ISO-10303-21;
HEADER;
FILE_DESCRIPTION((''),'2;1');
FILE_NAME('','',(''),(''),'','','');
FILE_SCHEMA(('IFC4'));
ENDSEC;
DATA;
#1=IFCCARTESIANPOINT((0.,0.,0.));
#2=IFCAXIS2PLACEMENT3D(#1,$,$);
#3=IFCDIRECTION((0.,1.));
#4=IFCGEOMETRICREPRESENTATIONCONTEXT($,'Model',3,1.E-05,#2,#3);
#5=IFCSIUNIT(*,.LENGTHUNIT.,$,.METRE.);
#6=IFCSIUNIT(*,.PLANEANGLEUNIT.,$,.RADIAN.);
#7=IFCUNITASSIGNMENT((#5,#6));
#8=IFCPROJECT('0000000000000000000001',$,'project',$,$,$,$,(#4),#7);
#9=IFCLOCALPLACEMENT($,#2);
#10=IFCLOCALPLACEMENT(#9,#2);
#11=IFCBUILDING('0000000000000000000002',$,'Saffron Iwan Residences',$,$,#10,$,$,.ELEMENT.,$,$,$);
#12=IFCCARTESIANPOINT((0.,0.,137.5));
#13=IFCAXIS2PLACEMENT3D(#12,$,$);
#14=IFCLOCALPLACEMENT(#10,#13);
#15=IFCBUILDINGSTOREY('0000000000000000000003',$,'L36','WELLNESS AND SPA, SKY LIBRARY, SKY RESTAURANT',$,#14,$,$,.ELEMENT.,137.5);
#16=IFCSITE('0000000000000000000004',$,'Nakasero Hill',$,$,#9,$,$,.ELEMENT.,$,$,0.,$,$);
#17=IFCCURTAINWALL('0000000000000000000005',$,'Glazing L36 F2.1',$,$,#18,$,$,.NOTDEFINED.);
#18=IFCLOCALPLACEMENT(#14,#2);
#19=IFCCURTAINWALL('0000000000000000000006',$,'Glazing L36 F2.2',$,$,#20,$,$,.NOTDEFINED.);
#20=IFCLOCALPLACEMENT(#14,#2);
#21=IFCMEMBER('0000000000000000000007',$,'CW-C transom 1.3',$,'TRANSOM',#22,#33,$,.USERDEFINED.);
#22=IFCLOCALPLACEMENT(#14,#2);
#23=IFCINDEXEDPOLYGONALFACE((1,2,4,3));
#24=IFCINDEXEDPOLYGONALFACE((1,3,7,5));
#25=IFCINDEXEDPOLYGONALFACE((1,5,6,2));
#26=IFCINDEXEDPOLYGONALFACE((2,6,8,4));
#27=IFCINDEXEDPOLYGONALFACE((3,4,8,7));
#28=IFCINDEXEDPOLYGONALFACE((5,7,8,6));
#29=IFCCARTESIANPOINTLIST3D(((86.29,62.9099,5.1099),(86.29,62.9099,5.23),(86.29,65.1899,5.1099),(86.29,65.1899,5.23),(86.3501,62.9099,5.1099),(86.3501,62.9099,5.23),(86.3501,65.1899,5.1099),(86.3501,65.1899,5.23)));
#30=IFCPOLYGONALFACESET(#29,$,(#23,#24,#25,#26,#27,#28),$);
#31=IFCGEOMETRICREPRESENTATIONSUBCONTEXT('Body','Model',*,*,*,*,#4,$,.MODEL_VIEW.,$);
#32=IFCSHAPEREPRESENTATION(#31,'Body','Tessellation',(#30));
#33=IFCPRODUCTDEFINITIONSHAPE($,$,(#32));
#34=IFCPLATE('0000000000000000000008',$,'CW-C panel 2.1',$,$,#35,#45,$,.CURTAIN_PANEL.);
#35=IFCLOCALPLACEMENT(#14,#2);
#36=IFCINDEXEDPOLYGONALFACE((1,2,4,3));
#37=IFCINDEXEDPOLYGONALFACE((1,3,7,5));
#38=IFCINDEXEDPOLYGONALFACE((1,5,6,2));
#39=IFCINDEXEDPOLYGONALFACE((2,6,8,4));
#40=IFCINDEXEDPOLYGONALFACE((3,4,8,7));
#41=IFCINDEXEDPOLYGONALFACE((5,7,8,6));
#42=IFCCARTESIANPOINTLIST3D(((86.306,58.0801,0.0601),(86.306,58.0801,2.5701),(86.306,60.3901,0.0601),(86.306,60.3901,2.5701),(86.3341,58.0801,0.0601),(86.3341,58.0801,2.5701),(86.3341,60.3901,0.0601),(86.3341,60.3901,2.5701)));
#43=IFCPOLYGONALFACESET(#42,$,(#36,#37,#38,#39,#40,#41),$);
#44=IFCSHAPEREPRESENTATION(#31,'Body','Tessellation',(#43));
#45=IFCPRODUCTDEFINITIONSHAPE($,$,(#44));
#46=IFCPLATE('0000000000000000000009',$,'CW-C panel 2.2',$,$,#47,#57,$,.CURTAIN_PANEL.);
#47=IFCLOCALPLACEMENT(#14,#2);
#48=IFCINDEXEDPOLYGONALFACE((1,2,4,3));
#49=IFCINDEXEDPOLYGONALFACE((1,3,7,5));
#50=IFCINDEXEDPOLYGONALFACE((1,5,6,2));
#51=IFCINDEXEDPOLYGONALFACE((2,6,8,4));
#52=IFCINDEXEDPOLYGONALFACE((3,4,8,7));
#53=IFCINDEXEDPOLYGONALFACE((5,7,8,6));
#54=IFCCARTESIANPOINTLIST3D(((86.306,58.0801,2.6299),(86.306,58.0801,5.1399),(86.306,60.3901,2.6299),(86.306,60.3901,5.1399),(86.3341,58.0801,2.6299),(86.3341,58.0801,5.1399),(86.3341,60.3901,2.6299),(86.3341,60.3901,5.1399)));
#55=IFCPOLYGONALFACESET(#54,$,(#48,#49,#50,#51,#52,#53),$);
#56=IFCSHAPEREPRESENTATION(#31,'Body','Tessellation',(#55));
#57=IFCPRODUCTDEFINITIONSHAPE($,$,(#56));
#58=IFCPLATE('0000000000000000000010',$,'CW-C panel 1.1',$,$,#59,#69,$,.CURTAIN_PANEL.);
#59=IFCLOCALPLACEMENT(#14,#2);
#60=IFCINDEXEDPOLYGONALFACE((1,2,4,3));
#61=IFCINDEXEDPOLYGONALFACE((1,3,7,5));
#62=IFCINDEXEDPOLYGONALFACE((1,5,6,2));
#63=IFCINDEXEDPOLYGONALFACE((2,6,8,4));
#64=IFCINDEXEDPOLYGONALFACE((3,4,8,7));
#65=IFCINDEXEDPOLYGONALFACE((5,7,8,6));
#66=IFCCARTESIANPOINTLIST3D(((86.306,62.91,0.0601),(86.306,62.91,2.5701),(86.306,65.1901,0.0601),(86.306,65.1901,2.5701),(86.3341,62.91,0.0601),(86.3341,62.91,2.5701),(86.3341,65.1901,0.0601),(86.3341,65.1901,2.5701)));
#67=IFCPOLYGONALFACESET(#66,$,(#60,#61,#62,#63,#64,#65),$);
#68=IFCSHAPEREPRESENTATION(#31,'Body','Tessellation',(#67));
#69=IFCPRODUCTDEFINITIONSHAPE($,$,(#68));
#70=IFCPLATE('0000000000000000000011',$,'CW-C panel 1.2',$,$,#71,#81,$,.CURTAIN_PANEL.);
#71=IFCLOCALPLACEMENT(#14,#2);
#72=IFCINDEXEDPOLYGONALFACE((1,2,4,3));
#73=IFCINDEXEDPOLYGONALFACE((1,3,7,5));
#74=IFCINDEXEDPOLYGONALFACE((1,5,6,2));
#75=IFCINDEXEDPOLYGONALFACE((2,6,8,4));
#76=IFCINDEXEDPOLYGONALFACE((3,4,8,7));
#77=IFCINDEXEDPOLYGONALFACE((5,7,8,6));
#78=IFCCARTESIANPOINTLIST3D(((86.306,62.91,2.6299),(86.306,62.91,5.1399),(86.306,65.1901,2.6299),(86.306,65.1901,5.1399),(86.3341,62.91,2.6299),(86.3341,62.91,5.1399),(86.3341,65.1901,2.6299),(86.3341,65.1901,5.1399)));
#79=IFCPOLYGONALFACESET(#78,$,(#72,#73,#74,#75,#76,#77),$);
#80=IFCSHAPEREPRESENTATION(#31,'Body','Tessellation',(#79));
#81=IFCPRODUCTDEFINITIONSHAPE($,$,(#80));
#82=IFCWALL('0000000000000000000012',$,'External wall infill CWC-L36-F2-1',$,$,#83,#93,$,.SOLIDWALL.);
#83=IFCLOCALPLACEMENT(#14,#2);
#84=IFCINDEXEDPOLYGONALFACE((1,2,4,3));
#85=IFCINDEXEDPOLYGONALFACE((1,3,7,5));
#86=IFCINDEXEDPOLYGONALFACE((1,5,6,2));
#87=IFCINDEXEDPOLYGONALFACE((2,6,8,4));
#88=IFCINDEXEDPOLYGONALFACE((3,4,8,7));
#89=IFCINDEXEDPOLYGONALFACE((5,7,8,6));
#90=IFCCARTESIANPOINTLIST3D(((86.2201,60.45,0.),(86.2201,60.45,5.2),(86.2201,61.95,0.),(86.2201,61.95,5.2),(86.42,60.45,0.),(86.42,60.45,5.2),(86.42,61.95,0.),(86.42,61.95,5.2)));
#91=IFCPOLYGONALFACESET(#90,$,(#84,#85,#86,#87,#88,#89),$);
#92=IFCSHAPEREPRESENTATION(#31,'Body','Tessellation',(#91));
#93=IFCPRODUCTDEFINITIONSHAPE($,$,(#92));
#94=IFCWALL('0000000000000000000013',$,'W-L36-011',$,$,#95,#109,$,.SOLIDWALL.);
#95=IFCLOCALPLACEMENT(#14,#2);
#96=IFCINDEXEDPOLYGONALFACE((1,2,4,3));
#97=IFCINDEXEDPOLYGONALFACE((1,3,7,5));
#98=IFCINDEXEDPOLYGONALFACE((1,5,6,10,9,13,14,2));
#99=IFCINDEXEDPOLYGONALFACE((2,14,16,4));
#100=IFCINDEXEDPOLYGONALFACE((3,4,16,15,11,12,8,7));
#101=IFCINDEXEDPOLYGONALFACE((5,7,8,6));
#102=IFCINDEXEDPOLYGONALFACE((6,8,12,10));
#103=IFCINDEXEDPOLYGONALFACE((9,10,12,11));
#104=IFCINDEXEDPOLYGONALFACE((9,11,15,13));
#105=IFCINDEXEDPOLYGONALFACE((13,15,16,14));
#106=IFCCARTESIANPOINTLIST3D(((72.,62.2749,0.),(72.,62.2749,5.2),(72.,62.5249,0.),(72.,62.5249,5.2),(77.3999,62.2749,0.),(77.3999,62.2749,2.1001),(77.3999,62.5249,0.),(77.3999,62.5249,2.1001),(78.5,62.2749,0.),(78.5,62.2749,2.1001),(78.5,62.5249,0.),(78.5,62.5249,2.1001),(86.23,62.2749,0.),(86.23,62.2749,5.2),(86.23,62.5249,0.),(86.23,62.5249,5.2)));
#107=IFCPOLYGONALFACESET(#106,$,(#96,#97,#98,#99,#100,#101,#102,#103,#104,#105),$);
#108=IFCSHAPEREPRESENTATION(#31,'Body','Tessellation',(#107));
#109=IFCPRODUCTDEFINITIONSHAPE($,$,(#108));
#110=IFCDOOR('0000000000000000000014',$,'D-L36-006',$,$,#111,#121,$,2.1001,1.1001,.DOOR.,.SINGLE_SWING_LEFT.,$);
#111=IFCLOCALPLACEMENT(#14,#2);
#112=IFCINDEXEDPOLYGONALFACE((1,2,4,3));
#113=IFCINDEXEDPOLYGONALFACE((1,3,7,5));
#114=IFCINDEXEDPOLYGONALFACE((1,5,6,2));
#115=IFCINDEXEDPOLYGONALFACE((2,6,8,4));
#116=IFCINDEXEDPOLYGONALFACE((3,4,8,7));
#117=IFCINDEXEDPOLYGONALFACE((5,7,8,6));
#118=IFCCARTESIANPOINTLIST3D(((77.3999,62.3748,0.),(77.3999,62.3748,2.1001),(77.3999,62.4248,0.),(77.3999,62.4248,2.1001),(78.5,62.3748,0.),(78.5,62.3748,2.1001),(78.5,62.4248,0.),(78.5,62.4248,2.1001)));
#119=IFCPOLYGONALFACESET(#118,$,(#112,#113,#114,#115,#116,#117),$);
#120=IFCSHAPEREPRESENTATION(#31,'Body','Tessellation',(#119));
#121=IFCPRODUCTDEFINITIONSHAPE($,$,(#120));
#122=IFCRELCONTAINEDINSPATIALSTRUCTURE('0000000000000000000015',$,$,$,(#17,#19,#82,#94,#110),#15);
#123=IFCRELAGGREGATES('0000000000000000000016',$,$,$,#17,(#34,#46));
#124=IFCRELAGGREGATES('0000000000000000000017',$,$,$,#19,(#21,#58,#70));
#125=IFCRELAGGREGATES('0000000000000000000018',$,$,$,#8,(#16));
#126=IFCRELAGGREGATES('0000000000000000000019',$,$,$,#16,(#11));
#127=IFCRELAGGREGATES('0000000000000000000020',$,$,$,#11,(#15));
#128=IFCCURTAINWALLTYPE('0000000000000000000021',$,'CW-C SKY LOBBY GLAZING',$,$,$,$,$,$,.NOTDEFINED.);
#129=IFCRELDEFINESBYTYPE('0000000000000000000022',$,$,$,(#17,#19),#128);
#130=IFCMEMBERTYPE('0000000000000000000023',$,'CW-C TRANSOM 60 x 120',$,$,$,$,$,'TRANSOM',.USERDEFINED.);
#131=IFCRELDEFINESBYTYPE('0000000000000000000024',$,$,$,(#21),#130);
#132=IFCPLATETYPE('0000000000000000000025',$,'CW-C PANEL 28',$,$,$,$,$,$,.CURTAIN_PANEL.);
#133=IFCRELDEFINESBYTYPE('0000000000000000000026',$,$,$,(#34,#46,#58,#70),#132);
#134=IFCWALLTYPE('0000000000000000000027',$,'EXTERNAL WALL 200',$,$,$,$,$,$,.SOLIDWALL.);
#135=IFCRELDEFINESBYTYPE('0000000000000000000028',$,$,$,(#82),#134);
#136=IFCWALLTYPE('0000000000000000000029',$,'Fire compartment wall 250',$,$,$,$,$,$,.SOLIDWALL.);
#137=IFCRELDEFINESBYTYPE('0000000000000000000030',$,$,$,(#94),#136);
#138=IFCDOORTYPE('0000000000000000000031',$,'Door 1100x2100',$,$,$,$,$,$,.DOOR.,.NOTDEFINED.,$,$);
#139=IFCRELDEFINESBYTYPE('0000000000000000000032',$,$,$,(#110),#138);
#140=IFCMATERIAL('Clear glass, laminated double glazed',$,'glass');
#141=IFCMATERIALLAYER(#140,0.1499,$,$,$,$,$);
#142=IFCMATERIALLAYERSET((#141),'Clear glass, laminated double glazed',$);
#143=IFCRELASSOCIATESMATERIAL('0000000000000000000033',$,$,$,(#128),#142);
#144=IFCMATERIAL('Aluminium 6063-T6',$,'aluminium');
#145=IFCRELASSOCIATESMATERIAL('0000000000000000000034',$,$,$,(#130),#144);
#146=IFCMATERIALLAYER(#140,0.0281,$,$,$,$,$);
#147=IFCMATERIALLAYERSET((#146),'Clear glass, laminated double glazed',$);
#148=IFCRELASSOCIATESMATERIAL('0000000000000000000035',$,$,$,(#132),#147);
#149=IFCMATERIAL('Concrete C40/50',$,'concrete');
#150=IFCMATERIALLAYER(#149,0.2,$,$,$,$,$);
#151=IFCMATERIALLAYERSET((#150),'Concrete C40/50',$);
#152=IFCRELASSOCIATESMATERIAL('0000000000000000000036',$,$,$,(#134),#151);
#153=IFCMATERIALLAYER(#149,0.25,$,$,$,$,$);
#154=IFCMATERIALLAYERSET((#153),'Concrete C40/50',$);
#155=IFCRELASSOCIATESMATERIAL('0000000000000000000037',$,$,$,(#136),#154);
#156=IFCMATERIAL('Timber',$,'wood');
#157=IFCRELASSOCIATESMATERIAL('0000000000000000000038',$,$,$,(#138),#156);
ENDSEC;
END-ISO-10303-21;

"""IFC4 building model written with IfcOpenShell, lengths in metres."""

from ifc_helpers import new_model, si_unit, direction, frame, frame_2d, origin, origin_2d, place, context, subcontext, project, spatial, rectangle, extrude, source, transform, mapped, material, layer, layer_set, material_profile, profile_set, type_object, element, fill, aggregate, save


model = new_model("IFC4")

# Units and contexts
model_context = context("Model", 3, precision=1e-05, world=origin(), true_north=direction((0.0, 1.0)))
body_context = subcontext(model_context, "Body", "Model", "MODEL_VIEW")
ifc_project = project(units=[si_unit("LENGTHUNIT", "METRE"), si_unit("PLANEANGLEUNIT", "RADIAN")], contexts=[model_context])

# Site, building, storey
site_placement = place(None, origin())
site = spatial("IfcSite", under=ifc_project, at=site_placement, Name="Nakasero Hill", CompositionType="ELEMENT", RefElevation=0.0)
building_placement = place(site_placement, origin())
building = spatial("IfcBuilding", under=site, at=building_placement, Name="Saffron Iwan Residences", CompositionType="ELEMENT")
storey_placement = place(building_placement, frame((0.0, 0.0, 137.5)))
storey = spatial("IfcBuildingStorey", under=building, at=storey_placement, Name="L36", Description="WELLNESS AND SPA, SKY LIBRARY, SKY RESTAURANT", CompositionType="ELEMENT", Elevation=137.5)

# Curtain wall
ifc_material_1 = material(Name="Clear glass, laminated double glazed", Category="glass")
ifc_layer_1 = layer(ifc_material_1, 0.1499)
ifc_layer_set_1 = layer_set([ifc_layer_1], Name="Clear glass, laminated double glazed")
curtain_wall_type = type_object("IfcCurtainWallType", Name="CW-C SKY LOBBY GLAZING", PredefinedType="NOTDEFINED", material=ifc_layer_set_1)
curtain_wall_1_placement = place(storey_placement, origin())
curtain_wall_1 = element("IfcCurtainWall", 1, at=curtain_wall_1_placement, inside=storey, type_object=curtain_wall_type, Name="Glazing L36 F2.1", PredefinedType="NOTDEFINED")
ifc_material_2 = material(Name="Aluminium 6063-T6", Category="aluminium")

# Curtain wall
curtain_wall_2_placement = place(storey_placement, origin())
curtain_wall_2 = element("IfcCurtainWall", 2, at=curtain_wall_2_placement, inside=storey, type_object=curtain_wall_type, Name="Glazing L36 F2.2", PredefinedType="NOTDEFINED")

# Member
ifc_material_profile_1 = material_profile(ifc_material_2, rectangle(XDim=0.0601, YDim=0.1201, at=origin_2d()), Name="CW-C TRANSOM 60 x 120")
ifc_profile_set_1 = profile_set([ifc_material_profile_1], Name="Aluminium 6063-T6")
member_type_1 = type_object("IfcMemberType", Name="CW-C TRANSOM 60 x 120", ElementType="TRANSOM", PredefinedType="USERDEFINED", material=ifc_profile_set_1)
shared_shape_1 = source(origin(), body_context, "Body", "SweptSolid", [
    extrude(rectangle(XDim=0.0601, YDim=0.1201, at=origin_2d()), origin(), (0.0, 0.0, 1.0), 2.28),
])
member_1_placement = place(storey_placement, frame((86.3201, 62.9099, 5.1699), z_axis=(0.0, 1.0, 0.0), x_axis=(-1.0, 0.0, 0.0)))
member_1 = element("IfcMember", 3, at=member_1_placement, type_object=member_type_1, Name="CW-C transom 1.3", ObjectType="TRANSOM", PredefinedType="USERDEFINED", context=body_context, shape_type="MappedRepresentation", body=[
    mapped(shared_shape_1, transform((0.0, 0.0, 0.0))),
])

# Plates
ifc_layer_2 = layer(ifc_material_1, 0.0281)
ifc_layer_set_2 = layer_set([ifc_layer_2], Name="Clear glass, laminated double glazed")
plate_type = type_object("IfcPlateType", Name="CW-C PANEL 28", PredefinedType="CURTAIN_PANEL", material=ifc_layer_set_2)
shared_shape_2 = source(origin(), body_context, "Body", "SweptSolid", [
    extrude(rectangle(XDim=2.3101, YDim=0.0281, at=origin_2d()), origin(), (0.0, 0.0, 1.0), 2.51),
])
plate_1_placement = place(storey_placement, frame((86.3201, 59.2351, 0.0601), z_axis=(0.0, 0.0, 1.0), x_axis=(0.0, 1.0, 0.0)))
plate_1 = element("IfcPlate", 4, at=plate_1_placement, type_object=plate_type, Name="CW-C panel 2.1", PredefinedType="CURTAIN_PANEL", context=body_context, shape_type="MappedRepresentation", body=[
    mapped(shared_shape_2, transform((0.0, 0.0, 0.0))),
])
plate_2_placement = place(storey_placement, frame((86.3201, 59.2351, 2.6299), z_axis=(0.0, 0.0, 1.0), x_axis=(0.0, 1.0, 0.0)))
plate_2 = element("IfcPlate", 5, at=plate_2_placement, type_object=plate_type, Name="CW-C panel 2.2", PredefinedType="CURTAIN_PANEL", context=body_context, shape_type="MappedRepresentation", body=[
    mapped(shared_shape_2, transform((0.0, 0.0, 0.0))),
])
aggregate(curtain_wall_1, [plate_1, plate_2])
shared_shape_3 = source(origin(), body_context, "Body", "SweptSolid", [
    extrude(rectangle(XDim=2.28, YDim=0.0281, at=origin_2d()), origin(), (0.0, 0.0, 1.0), 2.51),
])
plate_3_placement = place(storey_placement, frame((86.3201, 64.05, 0.0601), z_axis=(0.0, 0.0, 1.0), x_axis=(0.0, 1.0, 0.0)))
plate_3 = element("IfcPlate", 6, at=plate_3_placement, type_object=plate_type, Name="CW-C panel 1.1", PredefinedType="CURTAIN_PANEL", context=body_context, shape_type="MappedRepresentation", body=[
    mapped(shared_shape_3, transform((0.0, 0.0, 0.0))),
])
plate_4_placement = place(storey_placement, frame((86.3201, 64.05, 2.6299), z_axis=(0.0, 0.0, 1.0), x_axis=(0.0, 1.0, 0.0)))
plate_4 = element("IfcPlate", 7, at=plate_4_placement, type_object=plate_type, Name="CW-C panel 1.2", PredefinedType="CURTAIN_PANEL", context=body_context, shape_type="MappedRepresentation", body=[
    mapped(shared_shape_3, transform((0.0, 0.0, 0.0))),
])
aggregate(curtain_wall_2, [member_1, plate_3, plate_4])

# Shared definitions
ifc_material_3 = material(Name="Concrete C40/50", Category="concrete")
ifc_layer_3 = layer(ifc_material_3, 0.2)
ifc_layer_set_3 = layer_set([ifc_layer_3], Name="Concrete C40/50")
wall_type_1 = type_object("IfcWallType", Name="EXTERNAL WALL 200", PredefinedType="SOLIDWALL", material=ifc_layer_set_3)

# Wall
wall_1_placement = place(storey_placement, frame((86.3201, 60.45, 0.0), z_axis=(0.0, 0.0, 1.0), x_axis=(0.0, 1.0, 0.0)))
element("IfcWall", 8, at=wall_1_placement, inside=storey, type_object=wall_type_1, Name="External wall infill CWC-L36-F2-1", PredefinedType="SOLIDWALL", context=body_context, shape_type="SweptSolid", body=[
    extrude(rectangle(XDim=1.5, YDim=0.2, at=frame_2d((0.75, 0.0))), origin(), (0.0, 0.0, 1.0), 5.2),
])

# Wall, opening, door
ifc_layer_4 = layer(ifc_material_3, 0.25)
ifc_layer_set_4 = layer_set([ifc_layer_4], Name="Concrete C40/50")
wall_type_2 = type_object("IfcWallType", Name="Fire compartment wall 250", PredefinedType="SOLIDWALL", material=ifc_layer_set_4)
wall_2_placement = place(storey_placement, frame((72.0, 62.3999, 0.0), z_axis=(0.0, 0.0, 1.0), x_axis=(1.0, 0.0, 0.0)))
wall_2 = element("IfcWall", 9, at=wall_2_placement, inside=storey, type_object=wall_type_2, Name="W-L36-011", PredefinedType="SOLIDWALL", context=body_context, shape_type="SweptSolid", body=[
    extrude(rectangle(XDim=14.23, YDim=0.25, at=frame_2d((7.115, 0.0))), origin(), (0.0, 0.0, 1.0), 5.2),
])
opening_1_placement = place(wall_2_placement, frame((5.3999, 0.0, 0.0)))
opening_1 = element("IfcOpeningElement", 10, at=opening_1_placement, cuts=wall_2, PredefinedType="OPENING", context=body_context, shape_type="SweptSolid", body=[
    extrude(rectangle(XDim=1.1001, YDim=2.1001, at=frame_2d((0.55, 1.05))), frame((0.0, 0.135, 0.0), z_axis=(0.0, -1.0, 0.0), x_axis=(1.0, 0.0, 0.0)), (0.0, 0.0, 1.0), 0.27),
])
ifc_material_4 = material(Name="Timber", Category="wood")
door_type_1 = type_object("IfcDoorType", Name="Door 1100x2100", OperationType="NOTDEFINED", PredefinedType="DOOR", material=ifc_material_4)
door_1_placement = place(opening_1_placement, origin())
door_1 = element("IfcDoor", 11, at=door_1_placement, inside=storey, type_object=door_type_1, Name="D-L36-006", OperationType="SINGLE_SWING_LEFT", OverallHeight=2.1001, OverallWidth=1.1001, PredefinedType="DOOR", context=body_context, shape_type="SweptSolid", body=[
    extrude(rectangle(XDim=1.1001, YDim=2.1001, at=frame_2d((0.55, 1.05))), frame((0.0, 0.0249, 0.0), z_axis=(0.0, -1.0, 0.0), x_axis=(1.0, 0.0, 0.0)), (0.0, 0.0, 1.0), 0.05),
])
fill(opening_1, door_1)

save(model, "model.ifc")
